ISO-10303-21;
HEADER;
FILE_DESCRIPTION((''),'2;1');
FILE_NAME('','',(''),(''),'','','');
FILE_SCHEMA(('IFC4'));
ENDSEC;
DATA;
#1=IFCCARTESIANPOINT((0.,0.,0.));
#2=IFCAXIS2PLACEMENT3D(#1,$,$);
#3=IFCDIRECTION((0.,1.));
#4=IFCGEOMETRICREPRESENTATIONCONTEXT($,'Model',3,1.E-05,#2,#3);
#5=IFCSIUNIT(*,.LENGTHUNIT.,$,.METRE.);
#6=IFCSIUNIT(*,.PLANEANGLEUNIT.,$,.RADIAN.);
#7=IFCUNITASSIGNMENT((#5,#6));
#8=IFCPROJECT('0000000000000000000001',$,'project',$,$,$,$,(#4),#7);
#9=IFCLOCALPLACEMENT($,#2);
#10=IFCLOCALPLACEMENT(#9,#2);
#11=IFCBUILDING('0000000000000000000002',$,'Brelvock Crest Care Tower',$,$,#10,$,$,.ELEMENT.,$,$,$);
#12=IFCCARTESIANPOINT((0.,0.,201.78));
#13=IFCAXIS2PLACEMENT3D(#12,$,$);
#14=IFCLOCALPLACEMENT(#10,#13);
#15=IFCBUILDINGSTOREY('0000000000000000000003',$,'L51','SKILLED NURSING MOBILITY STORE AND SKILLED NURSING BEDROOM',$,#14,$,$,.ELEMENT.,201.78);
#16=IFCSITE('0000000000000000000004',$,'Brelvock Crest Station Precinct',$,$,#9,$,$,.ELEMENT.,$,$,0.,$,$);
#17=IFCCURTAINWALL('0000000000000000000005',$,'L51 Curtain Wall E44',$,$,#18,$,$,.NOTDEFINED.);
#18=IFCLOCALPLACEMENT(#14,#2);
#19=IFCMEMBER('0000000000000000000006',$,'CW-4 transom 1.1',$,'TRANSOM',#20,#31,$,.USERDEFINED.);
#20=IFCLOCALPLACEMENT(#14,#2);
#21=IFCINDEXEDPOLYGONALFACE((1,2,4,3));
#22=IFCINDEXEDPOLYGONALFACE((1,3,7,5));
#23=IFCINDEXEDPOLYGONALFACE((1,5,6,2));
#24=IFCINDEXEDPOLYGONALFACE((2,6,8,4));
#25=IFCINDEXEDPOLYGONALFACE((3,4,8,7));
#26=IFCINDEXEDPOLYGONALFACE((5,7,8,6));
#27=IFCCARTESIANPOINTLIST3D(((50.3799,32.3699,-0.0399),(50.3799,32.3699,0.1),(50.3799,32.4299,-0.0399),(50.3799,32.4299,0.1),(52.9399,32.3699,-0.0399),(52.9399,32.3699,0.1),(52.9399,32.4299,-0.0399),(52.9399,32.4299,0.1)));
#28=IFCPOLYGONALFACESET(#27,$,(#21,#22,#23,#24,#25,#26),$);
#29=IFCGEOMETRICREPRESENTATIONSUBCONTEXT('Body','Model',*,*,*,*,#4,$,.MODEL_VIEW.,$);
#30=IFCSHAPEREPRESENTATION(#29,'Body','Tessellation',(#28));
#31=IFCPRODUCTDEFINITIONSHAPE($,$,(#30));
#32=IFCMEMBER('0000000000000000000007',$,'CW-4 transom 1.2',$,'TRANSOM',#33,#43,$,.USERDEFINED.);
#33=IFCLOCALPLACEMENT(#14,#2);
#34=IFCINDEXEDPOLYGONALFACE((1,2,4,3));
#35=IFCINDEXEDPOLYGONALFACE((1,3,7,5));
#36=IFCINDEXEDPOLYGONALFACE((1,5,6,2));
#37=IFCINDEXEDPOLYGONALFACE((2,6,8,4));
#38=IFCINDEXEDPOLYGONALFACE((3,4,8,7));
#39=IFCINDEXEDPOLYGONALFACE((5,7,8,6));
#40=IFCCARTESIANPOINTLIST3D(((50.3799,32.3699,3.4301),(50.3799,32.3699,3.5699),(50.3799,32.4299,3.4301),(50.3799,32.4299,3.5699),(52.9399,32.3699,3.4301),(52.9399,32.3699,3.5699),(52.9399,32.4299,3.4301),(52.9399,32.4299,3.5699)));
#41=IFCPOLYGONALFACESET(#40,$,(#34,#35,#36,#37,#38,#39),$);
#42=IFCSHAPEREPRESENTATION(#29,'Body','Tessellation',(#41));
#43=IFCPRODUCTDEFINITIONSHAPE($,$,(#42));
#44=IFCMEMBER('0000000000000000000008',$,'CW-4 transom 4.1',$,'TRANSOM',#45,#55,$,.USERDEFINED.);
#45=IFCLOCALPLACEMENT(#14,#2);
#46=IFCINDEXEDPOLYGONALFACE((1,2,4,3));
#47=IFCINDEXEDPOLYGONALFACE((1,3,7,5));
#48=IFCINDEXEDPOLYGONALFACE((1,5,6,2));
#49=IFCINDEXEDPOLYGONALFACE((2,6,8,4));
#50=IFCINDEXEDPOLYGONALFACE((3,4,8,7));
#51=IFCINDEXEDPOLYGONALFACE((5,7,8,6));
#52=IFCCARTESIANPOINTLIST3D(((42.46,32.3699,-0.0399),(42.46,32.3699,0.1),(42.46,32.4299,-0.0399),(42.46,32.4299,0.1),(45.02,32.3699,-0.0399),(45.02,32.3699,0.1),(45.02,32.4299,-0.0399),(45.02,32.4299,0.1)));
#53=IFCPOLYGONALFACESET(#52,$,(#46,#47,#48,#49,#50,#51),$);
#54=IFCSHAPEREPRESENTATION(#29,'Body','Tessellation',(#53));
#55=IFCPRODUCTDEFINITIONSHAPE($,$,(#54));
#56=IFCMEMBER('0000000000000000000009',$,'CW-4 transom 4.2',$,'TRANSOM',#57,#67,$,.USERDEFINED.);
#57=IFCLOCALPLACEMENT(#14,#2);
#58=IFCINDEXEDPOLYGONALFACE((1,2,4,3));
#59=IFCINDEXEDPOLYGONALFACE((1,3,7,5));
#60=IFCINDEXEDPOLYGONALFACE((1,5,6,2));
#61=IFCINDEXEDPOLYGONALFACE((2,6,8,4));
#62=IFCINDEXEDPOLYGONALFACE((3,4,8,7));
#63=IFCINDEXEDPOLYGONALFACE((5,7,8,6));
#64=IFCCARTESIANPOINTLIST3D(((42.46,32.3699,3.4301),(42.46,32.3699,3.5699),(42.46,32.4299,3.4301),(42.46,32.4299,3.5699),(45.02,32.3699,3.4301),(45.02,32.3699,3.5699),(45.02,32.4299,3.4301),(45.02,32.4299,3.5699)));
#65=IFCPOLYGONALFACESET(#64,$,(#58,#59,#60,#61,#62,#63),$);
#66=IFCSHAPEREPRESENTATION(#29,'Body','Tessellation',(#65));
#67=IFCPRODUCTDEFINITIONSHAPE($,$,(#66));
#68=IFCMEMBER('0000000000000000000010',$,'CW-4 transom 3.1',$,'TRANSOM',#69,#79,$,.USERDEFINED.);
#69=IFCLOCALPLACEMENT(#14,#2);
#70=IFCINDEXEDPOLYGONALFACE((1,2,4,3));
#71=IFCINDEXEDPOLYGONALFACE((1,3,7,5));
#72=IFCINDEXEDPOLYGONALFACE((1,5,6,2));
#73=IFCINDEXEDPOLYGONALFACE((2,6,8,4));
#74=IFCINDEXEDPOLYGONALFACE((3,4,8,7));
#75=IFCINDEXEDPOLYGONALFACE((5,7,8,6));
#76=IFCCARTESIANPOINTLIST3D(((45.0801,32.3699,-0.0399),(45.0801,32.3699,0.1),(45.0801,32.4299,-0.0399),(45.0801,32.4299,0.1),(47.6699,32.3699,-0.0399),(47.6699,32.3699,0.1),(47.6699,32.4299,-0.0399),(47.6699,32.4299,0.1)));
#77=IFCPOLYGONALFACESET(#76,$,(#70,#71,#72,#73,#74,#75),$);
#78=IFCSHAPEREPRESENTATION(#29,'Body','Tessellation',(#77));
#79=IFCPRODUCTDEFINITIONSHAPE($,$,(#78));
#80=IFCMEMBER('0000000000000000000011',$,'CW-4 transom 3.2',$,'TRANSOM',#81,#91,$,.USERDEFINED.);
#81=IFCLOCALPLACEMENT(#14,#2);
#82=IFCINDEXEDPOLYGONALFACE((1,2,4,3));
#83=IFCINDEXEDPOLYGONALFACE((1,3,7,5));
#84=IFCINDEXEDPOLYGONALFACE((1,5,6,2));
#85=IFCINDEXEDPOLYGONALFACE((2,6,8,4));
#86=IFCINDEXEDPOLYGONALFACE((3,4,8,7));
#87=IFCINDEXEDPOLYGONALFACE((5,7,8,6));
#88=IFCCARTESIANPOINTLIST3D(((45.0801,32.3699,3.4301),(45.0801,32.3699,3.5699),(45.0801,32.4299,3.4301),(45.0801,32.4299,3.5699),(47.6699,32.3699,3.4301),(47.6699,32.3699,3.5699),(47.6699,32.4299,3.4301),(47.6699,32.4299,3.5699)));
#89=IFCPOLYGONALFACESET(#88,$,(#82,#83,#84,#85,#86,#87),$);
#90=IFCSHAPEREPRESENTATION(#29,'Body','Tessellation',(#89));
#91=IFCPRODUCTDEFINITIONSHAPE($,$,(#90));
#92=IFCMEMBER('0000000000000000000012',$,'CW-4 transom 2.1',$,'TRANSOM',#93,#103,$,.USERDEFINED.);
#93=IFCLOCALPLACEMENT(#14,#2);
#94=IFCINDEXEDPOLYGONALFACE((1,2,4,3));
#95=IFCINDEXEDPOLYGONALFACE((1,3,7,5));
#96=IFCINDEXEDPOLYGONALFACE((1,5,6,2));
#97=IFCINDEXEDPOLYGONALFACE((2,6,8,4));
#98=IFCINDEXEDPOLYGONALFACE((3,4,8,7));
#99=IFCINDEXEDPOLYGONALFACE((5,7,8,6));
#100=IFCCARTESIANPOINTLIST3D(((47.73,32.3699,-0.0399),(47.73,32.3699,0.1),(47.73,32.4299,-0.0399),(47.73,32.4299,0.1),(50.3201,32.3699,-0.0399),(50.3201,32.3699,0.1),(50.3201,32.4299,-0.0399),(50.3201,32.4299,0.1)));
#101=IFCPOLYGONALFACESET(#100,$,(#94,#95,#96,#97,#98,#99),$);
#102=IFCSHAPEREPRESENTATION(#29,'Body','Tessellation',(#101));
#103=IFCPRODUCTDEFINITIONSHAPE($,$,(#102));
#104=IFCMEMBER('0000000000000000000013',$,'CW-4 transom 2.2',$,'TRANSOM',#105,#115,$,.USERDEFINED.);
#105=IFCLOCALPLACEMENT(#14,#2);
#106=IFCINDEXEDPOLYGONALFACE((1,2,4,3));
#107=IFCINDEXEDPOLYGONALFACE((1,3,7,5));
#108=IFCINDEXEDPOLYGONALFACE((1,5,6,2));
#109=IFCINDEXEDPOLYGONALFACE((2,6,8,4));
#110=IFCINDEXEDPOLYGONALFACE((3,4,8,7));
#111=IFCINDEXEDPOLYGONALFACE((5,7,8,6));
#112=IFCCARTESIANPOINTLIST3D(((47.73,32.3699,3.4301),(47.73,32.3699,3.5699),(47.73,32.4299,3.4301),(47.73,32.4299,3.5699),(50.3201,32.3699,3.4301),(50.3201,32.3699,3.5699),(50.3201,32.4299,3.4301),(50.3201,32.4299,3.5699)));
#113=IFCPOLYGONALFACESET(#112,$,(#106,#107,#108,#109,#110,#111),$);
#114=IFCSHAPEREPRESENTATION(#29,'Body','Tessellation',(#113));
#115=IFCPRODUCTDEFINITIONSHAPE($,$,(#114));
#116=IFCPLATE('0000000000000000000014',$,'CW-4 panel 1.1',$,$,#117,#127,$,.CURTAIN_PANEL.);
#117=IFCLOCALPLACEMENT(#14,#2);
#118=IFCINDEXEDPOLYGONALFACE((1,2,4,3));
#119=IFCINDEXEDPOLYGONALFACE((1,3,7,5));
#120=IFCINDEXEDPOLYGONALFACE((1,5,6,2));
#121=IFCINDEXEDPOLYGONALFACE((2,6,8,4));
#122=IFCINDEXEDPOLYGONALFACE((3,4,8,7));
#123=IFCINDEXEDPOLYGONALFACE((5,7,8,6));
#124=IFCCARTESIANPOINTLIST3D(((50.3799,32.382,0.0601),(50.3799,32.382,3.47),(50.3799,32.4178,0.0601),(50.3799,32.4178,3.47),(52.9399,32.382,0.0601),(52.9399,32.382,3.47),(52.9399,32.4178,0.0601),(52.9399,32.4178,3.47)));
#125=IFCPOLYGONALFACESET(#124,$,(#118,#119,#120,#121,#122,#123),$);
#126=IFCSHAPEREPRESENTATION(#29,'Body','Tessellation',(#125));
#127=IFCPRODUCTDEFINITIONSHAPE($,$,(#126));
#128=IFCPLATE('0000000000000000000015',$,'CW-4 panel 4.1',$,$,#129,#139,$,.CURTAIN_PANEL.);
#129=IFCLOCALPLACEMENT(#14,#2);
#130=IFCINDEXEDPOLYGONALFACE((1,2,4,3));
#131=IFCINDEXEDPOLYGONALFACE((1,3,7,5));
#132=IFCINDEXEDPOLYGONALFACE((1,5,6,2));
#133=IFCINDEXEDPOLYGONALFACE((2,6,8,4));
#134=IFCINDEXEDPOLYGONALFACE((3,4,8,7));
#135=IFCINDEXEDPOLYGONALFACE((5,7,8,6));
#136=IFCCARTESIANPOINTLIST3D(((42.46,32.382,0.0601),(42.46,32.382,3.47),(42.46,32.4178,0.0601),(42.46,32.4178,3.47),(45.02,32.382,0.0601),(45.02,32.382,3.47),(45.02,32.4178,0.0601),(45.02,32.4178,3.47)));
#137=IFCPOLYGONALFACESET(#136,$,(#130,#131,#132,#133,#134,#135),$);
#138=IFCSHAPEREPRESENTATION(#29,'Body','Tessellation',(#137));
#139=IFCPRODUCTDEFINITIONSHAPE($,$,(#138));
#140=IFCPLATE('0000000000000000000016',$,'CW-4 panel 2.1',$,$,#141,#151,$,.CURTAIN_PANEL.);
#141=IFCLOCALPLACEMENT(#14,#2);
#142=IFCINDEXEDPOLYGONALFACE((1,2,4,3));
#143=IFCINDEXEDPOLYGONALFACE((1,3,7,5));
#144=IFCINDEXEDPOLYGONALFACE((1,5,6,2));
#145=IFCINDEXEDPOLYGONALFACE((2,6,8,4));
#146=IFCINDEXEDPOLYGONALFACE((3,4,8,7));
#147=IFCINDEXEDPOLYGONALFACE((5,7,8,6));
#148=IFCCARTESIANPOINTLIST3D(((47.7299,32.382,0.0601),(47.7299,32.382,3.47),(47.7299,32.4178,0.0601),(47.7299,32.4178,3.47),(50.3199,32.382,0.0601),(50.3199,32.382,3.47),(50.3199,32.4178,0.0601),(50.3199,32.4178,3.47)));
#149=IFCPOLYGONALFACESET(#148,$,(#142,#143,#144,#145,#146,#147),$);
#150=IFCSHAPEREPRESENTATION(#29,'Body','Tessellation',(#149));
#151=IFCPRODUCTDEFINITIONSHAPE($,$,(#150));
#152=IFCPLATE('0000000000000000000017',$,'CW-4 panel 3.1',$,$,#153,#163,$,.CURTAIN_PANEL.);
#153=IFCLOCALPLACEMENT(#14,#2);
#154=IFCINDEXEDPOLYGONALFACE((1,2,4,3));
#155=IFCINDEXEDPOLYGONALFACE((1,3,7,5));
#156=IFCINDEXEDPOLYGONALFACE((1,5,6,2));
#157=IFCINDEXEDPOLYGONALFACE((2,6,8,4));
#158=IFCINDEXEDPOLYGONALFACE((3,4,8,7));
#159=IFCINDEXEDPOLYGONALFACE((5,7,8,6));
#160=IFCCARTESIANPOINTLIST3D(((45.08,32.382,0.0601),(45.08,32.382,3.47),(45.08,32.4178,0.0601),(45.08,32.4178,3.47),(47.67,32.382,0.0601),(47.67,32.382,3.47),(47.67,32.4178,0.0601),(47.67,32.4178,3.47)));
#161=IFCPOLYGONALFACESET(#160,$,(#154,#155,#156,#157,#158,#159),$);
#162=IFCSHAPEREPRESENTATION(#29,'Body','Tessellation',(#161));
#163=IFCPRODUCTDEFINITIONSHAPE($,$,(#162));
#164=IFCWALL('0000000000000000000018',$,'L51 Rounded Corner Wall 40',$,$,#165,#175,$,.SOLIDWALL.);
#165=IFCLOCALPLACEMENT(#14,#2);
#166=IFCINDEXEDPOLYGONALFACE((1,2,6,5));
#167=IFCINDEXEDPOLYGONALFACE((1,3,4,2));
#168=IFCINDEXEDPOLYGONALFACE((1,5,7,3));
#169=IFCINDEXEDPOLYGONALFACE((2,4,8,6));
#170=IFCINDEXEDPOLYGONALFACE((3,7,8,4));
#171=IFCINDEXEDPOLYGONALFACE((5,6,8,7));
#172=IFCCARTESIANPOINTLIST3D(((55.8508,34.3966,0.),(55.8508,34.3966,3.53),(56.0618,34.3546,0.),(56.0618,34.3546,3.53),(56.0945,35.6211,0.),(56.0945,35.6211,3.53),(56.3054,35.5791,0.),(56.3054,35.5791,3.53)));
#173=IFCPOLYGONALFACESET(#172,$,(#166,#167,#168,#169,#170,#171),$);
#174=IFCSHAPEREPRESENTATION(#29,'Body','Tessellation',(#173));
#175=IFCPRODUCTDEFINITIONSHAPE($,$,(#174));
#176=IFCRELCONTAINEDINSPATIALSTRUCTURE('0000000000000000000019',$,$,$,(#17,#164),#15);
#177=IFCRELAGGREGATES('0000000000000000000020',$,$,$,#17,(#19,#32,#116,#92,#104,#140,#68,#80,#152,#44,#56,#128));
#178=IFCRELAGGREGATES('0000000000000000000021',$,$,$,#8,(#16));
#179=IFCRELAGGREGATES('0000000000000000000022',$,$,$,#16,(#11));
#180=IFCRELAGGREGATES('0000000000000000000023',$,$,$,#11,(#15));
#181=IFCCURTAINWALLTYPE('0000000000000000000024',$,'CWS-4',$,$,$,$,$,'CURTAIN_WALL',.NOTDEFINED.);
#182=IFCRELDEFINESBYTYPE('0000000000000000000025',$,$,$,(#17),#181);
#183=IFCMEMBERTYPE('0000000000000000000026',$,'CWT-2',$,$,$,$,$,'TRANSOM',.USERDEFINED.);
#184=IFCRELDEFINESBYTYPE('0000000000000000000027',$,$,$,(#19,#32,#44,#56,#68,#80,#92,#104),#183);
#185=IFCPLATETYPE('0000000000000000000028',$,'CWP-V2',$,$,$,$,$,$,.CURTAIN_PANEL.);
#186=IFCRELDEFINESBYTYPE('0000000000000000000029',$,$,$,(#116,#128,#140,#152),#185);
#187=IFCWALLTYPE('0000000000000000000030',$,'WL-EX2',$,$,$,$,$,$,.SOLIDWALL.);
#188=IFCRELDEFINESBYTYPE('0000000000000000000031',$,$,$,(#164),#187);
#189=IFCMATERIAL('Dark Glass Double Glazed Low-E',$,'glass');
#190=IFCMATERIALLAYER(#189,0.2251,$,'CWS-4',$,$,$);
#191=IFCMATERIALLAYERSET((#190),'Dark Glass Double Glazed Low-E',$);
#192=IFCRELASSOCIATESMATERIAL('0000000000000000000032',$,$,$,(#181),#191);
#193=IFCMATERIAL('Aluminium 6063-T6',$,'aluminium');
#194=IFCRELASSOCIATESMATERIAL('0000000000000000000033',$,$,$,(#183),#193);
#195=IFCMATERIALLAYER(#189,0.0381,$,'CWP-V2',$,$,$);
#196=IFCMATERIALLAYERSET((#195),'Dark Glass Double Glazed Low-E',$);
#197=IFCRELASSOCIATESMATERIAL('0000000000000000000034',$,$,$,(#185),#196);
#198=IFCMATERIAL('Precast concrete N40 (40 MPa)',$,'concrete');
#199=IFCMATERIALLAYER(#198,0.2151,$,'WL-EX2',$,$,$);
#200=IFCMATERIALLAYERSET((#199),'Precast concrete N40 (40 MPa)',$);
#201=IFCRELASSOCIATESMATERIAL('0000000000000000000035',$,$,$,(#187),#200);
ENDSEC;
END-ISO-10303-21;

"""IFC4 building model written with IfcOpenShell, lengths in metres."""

from ifc_helpers import new_model, si_unit, direction, frame, frame_2d, origin, origin_2d, place, context, subcontext, project, spatial, rectangle, extrude, source, transform, mapped, material, layer, layer_set, material_profile, profile_set, type_object, element, aggregate, save


model = new_model("IFC4")

# Units and contexts
model_context = context("Model", 3, precision=1e-05, world=origin(), true_north=direction((0.0, 1.0)))
body_context = subcontext(model_context, "Body", "Model", "MODEL_VIEW")
ifc_project = project(units=[si_unit("LENGTHUNIT", "METRE"), si_unit("PLANEANGLEUNIT", "RADIAN")], contexts=[model_context])

# Site, building, storey
site_placement = place(None, origin())
site = spatial("IfcSite", under=ifc_project, at=site_placement, Name="Brelvock Crest Station Precinct", CompositionType="ELEMENT", RefElevation=0.0)
building_placement = place(site_placement, origin())
building = spatial("IfcBuilding", under=site, at=building_placement, Name="Brelvock Crest Care Tower", CompositionType="ELEMENT")
storey_placement = place(building_placement, frame((0.0, 0.0, 201.78)))
storey = spatial("IfcBuildingStorey", under=building, at=storey_placement, Name="L51", Description="SKILLED NURSING MOBILITY STORE AND SKILLED NURSING BEDROOM", CompositionType="ELEMENT", Elevation=201.78)

# Shared definitions
ifc_material_1 = material(Name="Dark Glass Double Glazed Low-E", Category="glass")
ifc_layer_1 = layer(ifc_material_1, 0.2251, Name="CWS-4")
ifc_layer_set_1 = layer_set([ifc_layer_1], Name="Dark Glass Double Glazed Low-E")
curtain_wall_type = type_object("IfcCurtainWallType", Name="CWS-4", ElementType="CURTAIN_WALL", PredefinedType="NOTDEFINED", material=ifc_layer_set_1)
ifc_material_2 = material(Name="Aluminium 6063-T6", Category="aluminium")

# Curtain wall, members, plates
curtain_wall_1_placement = place(storey_placement, origin())
curtain_wall_1 = element("IfcCurtainWall", 1, at=curtain_wall_1_placement, inside=storey, type_object=curtain_wall_type, Name="L51 Curtain Wall E44", PredefinedType="NOTDEFINED")
ifc_material_profile_1 = material_profile(ifc_material_2, rectangle(XDim=0.0601, YDim=0.1399, at=origin_2d()), Name="ALU60x140")
ifc_profile_set_1 = profile_set([ifc_material_profile_1], Name="Aluminium 6063-T6")
member_type_1 = type_object("IfcMemberType", Name="CWT-2", ElementType="TRANSOM", PredefinedType="USERDEFINED", material=ifc_profile_set_1)
shared_shape_1 = source(origin(), body_context, "Body", "SweptSolid", [
    extrude(rectangle(XDim=0.0601, YDim=0.1399, at=origin_2d()), origin(), (0.0, 0.0, 1.0), 2.5601),
])
member_1_placement = place(storey_placement, frame((52.9399, 32.3999, 0.03), z_axis=(-1.0, 0.0, 0.0), x_axis=(0.0, -1.0, 0.0)))
member_1 = element("IfcMember", 2, at=member_1_placement, type_object=member_type_1, Name="CW-4 transom 1.1", ObjectType="TRANSOM", PredefinedType="USERDEFINED", context=body_context, shape_type="MappedRepresentation", body=[
    mapped(shared_shape_1, transform((0.0, 0.0, 0.0), x_axis=(1.0, 0.0, 0.0), y_axis=(0.0, 1.0, 0.0), z_axis=(0.0, 0.0, 1.0), scale=1.0)),
])
member_2_placement = place(storey_placement, frame((52.9399, 32.3999, 3.5), z_axis=(-1.0, 0.0, 0.0), x_axis=(0.0, -1.0, 0.0)))
member_2 = element("IfcMember", 3, at=member_2_placement, type_object=member_type_1, Name="CW-4 transom 1.2", ObjectType="TRANSOM", PredefinedType="USERDEFINED", context=body_context, shape_type="MappedRepresentation", body=[
    mapped(shared_shape_1, transform((0.0, 0.0, 0.0), x_axis=(1.0, 0.0, 0.0), y_axis=(0.0, 1.0, 0.0), z_axis=(0.0, 0.0, 1.0), scale=1.0)),
])
member_3_placement = place(storey_placement, frame((45.02, 32.3999, 0.03), z_axis=(-1.0, 0.0, 0.0), x_axis=(0.0, -1.0, 0.0)))
member_3 = element("IfcMember", 4, at=member_3_placement, type_object=member_type_1, Name="CW-4 transom 4.1", ObjectType="TRANSOM", PredefinedType="USERDEFINED", context=body_context, shape_type="MappedRepresentation", body=[
    mapped(shared_shape_1, transform((0.0, 0.0, 0.0), x_axis=(1.0, 0.0, 0.0), y_axis=(0.0, 1.0, 0.0), z_axis=(0.0, 0.0, 1.0), scale=1.0)),
])
member_4_placement = place(storey_placement, frame((45.02, 32.3999, 3.5), z_axis=(-1.0, 0.0, 0.0), x_axis=(0.0, -1.0, 0.0)))
member_4 = element("IfcMember", 5, at=member_4_placement, type_object=member_type_1, Name="CW-4 transom 4.2", ObjectType="TRANSOM", PredefinedType="USERDEFINED", context=body_context, shape_type="MappedRepresentation", body=[
    mapped(shared_shape_1, transform((0.0, 0.0, 0.0), x_axis=(1.0, 0.0, 0.0), y_axis=(0.0, 1.0, 0.0), z_axis=(0.0, 0.0, 1.0), scale=1.0)),
])
shared_shape_2 = source(origin(), body_context, "Body", "SweptSolid", [
    extrude(rectangle(XDim=0.0601, YDim=0.1399, at=origin_2d()), origin(), (0.0, 0.0, 1.0), 2.5898),
])
member_5_placement = place(storey_placement, frame((47.6699, 32.3999, 0.03), z_axis=(-1.0, 0.0, 0.0), x_axis=(0.0, -1.0, 0.0)))
member_5 = element("IfcMember", 6, at=member_5_placement, type_object=member_type_1, Name="CW-4 transom 3.1", ObjectType="TRANSOM", PredefinedType="USERDEFINED", context=body_context, shape_type="MappedRepresentation", body=[
    mapped(shared_shape_2, transform((0.0, 0.0, 0.0), x_axis=(1.0, 0.0, 0.0), y_axis=(0.0, 1.0, 0.0), z_axis=(0.0, 0.0, 1.0), scale=1.0)),
])
member_6_placement = place(storey_placement, frame((47.6699, 32.3999, 3.5), z_axis=(-1.0, 0.0, 0.0), x_axis=(0.0, -1.0, 0.0)))
member_6 = element("IfcMember", 7, at=member_6_placement, type_object=member_type_1, Name="CW-4 transom 3.2", ObjectType="TRANSOM", PredefinedType="USERDEFINED", context=body_context, shape_type="MappedRepresentation", body=[
    mapped(shared_shape_2, transform((0.0, 0.0, 0.0), x_axis=(1.0, 0.0, 0.0), y_axis=(0.0, 1.0, 0.0), z_axis=(0.0, 0.0, 1.0), scale=1.0)),
])
shared_shape_3 = source(origin(), body_context, "Body", "SweptSolid", [
    extrude(rectangle(XDim=0.0601, YDim=0.1399, at=origin_2d()), origin(), (0.0, 0.0, 1.0), 2.5901),
])
member_7_placement = place(storey_placement, frame((50.3201, 32.3999, 0.03), z_axis=(-1.0, 0.0, 0.0), x_axis=(0.0, -1.0, 0.0)))
member_7 = element("IfcMember", 8, at=member_7_placement, type_object=member_type_1, Name="CW-4 transom 2.1", ObjectType="TRANSOM", PredefinedType="USERDEFINED", context=body_context, shape_type="MappedRepresentation", body=[
    mapped(shared_shape_3, transform((0.0, 0.0, 0.0), x_axis=(1.0, 0.0, 0.0), y_axis=(0.0, 1.0, 0.0), z_axis=(0.0, 0.0, 1.0), scale=1.0)),
])
member_8_placement = place(storey_placement, frame((50.3201, 32.3999, 3.5), z_axis=(-1.0, 0.0, 0.0), x_axis=(0.0, -1.0, 0.0)))
member_8 = element("IfcMember", 9, at=member_8_placement, type_object=member_type_1, Name="CW-4 transom 2.2", ObjectType="TRANSOM", PredefinedType="USERDEFINED", context=body_context, shape_type="MappedRepresentation", body=[
    mapped(shared_shape_3, transform((0.0, 0.0, 0.0), x_axis=(1.0, 0.0, 0.0), y_axis=(0.0, 1.0, 0.0), z_axis=(0.0, 0.0, 1.0), scale=1.0)),
])
ifc_layer_2 = layer(ifc_material_1, 0.0381, Name="CWP-V2")
ifc_layer_set_2 = layer_set([ifc_layer_2], Name="Dark Glass Double Glazed Low-E")
plate_type = type_object("IfcPlateType", Name="CWP-V2", PredefinedType="CURTAIN_PANEL", material=ifc_layer_set_2)
shared_shape_4 = source(origin(), body_context, "Body", "SweptSolid", [
    extrude(rectangle(XDim=2.5601, YDim=0.0359, at=origin_2d()), origin(), (0.0, 0.0, 1.0), 3.4099),
])
plate_1_placement = place(storey_placement, frame((51.6599, 32.3999, 0.0601), z_axis=(0.0, 0.0, 1.0), x_axis=(-1.0, 0.0, 0.0)))
plate_1 = element("IfcPlate", 10, at=plate_1_placement, type_object=plate_type, Name="CW-4 panel 1.1", PredefinedType="CURTAIN_PANEL", context=body_context, shape_type="MappedRepresentation", body=[
    mapped(shared_shape_4, transform((0.0, 0.0, 0.0), x_axis=(1.0, 0.0, 0.0), y_axis=(0.0, 1.0, 0.0), z_axis=(0.0, 0.0, 1.0), scale=1.0)),
])
plate_2_placement = place(storey_placement, frame((43.74, 32.3999, 0.0601), z_axis=(0.0, 0.0, 1.0), x_axis=(-1.0, 0.0, 0.0)))
plate_2 = element("IfcPlate", 11, at=plate_2_placement, type_object=plate_type, Name="CW-4 panel 4.1", PredefinedType="CURTAIN_PANEL", context=body_context, shape_type="MappedRepresentation", body=[
    mapped(shared_shape_4, transform((0.0, 0.0, 0.0), x_axis=(1.0, 0.0, 0.0), y_axis=(0.0, 1.0, 0.0), z_axis=(0.0, 0.0, 1.0), scale=1.0)),
])
shared_shape_5 = source(origin(), body_context, "Body", "SweptSolid", [
    extrude(rectangle(XDim=2.5901, YDim=0.0359, at=origin_2d()), origin(), (0.0, 0.0, 1.0), 3.4099),
])
plate_3_placement = place(storey_placement, frame((49.0249, 32.3999, 0.0601), z_axis=(0.0, 0.0, 1.0), x_axis=(-1.0, 0.0, 0.0)))
plate_3 = element("IfcPlate", 12, at=plate_3_placement, type_object=plate_type, Name="CW-4 panel 2.1", PredefinedType="CURTAIN_PANEL", context=body_context, shape_type="MappedRepresentation", body=[
    mapped(shared_shape_5, transform((0.0, 0.0, 0.0), x_axis=(1.0, 0.0, 0.0), y_axis=(0.0, 1.0, 0.0), z_axis=(0.0, 0.0, 1.0), scale=1.0)),
])
plate_4_placement = place(storey_placement, frame((46.375, 32.3999, 0.0601), z_axis=(0.0, 0.0, 1.0), x_axis=(-1.0, 0.0, 0.0)))
plate_4 = element("IfcPlate", 13, at=plate_4_placement, type_object=plate_type, Name="CW-4 panel 3.1", PredefinedType="CURTAIN_PANEL", context=body_context, shape_type="MappedRepresentation", body=[
    mapped(shared_shape_5, transform((0.0, 0.0, 0.0), x_axis=(1.0, 0.0, 0.0), y_axis=(0.0, 1.0, 0.0), z_axis=(0.0, 0.0, 1.0), scale=1.0)),
])
aggregate(curtain_wall_1, [member_1, member_2, plate_1, member_7, member_8, plate_3, member_5, member_6, plate_4, member_3, member_4, plate_2])

# Wall
ifc_material_3 = material(Name="Precast concrete N40 (40 MPa)", Category="concrete")
ifc_layer_3 = layer(ifc_material_3, 0.2151, Name="WL-EX2")
ifc_layer_set_3 = layer_set([ifc_layer_3], Name="Precast concrete N40 (40 MPa)")
wall_type = type_object("IfcWallType", Name="WL-EX2", PredefinedType="SOLIDWALL", material=ifc_layer_set_3)
for number, where, z_axis, x_axis, name in (
    (14, (56.2, 35.6001, 0.0), (0.0, 0.0, 1.0), (-0.195138, -0.980776, 0.0), "L51 Rounded Corner Wall 40"),
):
    element("IfcWall", number, at=place(storey_placement, frame(where, z_axis=z_axis, x_axis=x_axis)), inside=storey, type_object=wall_type, Name=name, PredefinedType="SOLIDWALL", context=body_context, shape_type="SweptSolid", body=[
        extrude(rectangle(XDim=1.2485, YDim=0.2151, at=frame_2d((0.6243, 0.0))), origin(), (0.0, 0.0, 1.0), 3.53),
    ])

save(model, "model.ifc")
